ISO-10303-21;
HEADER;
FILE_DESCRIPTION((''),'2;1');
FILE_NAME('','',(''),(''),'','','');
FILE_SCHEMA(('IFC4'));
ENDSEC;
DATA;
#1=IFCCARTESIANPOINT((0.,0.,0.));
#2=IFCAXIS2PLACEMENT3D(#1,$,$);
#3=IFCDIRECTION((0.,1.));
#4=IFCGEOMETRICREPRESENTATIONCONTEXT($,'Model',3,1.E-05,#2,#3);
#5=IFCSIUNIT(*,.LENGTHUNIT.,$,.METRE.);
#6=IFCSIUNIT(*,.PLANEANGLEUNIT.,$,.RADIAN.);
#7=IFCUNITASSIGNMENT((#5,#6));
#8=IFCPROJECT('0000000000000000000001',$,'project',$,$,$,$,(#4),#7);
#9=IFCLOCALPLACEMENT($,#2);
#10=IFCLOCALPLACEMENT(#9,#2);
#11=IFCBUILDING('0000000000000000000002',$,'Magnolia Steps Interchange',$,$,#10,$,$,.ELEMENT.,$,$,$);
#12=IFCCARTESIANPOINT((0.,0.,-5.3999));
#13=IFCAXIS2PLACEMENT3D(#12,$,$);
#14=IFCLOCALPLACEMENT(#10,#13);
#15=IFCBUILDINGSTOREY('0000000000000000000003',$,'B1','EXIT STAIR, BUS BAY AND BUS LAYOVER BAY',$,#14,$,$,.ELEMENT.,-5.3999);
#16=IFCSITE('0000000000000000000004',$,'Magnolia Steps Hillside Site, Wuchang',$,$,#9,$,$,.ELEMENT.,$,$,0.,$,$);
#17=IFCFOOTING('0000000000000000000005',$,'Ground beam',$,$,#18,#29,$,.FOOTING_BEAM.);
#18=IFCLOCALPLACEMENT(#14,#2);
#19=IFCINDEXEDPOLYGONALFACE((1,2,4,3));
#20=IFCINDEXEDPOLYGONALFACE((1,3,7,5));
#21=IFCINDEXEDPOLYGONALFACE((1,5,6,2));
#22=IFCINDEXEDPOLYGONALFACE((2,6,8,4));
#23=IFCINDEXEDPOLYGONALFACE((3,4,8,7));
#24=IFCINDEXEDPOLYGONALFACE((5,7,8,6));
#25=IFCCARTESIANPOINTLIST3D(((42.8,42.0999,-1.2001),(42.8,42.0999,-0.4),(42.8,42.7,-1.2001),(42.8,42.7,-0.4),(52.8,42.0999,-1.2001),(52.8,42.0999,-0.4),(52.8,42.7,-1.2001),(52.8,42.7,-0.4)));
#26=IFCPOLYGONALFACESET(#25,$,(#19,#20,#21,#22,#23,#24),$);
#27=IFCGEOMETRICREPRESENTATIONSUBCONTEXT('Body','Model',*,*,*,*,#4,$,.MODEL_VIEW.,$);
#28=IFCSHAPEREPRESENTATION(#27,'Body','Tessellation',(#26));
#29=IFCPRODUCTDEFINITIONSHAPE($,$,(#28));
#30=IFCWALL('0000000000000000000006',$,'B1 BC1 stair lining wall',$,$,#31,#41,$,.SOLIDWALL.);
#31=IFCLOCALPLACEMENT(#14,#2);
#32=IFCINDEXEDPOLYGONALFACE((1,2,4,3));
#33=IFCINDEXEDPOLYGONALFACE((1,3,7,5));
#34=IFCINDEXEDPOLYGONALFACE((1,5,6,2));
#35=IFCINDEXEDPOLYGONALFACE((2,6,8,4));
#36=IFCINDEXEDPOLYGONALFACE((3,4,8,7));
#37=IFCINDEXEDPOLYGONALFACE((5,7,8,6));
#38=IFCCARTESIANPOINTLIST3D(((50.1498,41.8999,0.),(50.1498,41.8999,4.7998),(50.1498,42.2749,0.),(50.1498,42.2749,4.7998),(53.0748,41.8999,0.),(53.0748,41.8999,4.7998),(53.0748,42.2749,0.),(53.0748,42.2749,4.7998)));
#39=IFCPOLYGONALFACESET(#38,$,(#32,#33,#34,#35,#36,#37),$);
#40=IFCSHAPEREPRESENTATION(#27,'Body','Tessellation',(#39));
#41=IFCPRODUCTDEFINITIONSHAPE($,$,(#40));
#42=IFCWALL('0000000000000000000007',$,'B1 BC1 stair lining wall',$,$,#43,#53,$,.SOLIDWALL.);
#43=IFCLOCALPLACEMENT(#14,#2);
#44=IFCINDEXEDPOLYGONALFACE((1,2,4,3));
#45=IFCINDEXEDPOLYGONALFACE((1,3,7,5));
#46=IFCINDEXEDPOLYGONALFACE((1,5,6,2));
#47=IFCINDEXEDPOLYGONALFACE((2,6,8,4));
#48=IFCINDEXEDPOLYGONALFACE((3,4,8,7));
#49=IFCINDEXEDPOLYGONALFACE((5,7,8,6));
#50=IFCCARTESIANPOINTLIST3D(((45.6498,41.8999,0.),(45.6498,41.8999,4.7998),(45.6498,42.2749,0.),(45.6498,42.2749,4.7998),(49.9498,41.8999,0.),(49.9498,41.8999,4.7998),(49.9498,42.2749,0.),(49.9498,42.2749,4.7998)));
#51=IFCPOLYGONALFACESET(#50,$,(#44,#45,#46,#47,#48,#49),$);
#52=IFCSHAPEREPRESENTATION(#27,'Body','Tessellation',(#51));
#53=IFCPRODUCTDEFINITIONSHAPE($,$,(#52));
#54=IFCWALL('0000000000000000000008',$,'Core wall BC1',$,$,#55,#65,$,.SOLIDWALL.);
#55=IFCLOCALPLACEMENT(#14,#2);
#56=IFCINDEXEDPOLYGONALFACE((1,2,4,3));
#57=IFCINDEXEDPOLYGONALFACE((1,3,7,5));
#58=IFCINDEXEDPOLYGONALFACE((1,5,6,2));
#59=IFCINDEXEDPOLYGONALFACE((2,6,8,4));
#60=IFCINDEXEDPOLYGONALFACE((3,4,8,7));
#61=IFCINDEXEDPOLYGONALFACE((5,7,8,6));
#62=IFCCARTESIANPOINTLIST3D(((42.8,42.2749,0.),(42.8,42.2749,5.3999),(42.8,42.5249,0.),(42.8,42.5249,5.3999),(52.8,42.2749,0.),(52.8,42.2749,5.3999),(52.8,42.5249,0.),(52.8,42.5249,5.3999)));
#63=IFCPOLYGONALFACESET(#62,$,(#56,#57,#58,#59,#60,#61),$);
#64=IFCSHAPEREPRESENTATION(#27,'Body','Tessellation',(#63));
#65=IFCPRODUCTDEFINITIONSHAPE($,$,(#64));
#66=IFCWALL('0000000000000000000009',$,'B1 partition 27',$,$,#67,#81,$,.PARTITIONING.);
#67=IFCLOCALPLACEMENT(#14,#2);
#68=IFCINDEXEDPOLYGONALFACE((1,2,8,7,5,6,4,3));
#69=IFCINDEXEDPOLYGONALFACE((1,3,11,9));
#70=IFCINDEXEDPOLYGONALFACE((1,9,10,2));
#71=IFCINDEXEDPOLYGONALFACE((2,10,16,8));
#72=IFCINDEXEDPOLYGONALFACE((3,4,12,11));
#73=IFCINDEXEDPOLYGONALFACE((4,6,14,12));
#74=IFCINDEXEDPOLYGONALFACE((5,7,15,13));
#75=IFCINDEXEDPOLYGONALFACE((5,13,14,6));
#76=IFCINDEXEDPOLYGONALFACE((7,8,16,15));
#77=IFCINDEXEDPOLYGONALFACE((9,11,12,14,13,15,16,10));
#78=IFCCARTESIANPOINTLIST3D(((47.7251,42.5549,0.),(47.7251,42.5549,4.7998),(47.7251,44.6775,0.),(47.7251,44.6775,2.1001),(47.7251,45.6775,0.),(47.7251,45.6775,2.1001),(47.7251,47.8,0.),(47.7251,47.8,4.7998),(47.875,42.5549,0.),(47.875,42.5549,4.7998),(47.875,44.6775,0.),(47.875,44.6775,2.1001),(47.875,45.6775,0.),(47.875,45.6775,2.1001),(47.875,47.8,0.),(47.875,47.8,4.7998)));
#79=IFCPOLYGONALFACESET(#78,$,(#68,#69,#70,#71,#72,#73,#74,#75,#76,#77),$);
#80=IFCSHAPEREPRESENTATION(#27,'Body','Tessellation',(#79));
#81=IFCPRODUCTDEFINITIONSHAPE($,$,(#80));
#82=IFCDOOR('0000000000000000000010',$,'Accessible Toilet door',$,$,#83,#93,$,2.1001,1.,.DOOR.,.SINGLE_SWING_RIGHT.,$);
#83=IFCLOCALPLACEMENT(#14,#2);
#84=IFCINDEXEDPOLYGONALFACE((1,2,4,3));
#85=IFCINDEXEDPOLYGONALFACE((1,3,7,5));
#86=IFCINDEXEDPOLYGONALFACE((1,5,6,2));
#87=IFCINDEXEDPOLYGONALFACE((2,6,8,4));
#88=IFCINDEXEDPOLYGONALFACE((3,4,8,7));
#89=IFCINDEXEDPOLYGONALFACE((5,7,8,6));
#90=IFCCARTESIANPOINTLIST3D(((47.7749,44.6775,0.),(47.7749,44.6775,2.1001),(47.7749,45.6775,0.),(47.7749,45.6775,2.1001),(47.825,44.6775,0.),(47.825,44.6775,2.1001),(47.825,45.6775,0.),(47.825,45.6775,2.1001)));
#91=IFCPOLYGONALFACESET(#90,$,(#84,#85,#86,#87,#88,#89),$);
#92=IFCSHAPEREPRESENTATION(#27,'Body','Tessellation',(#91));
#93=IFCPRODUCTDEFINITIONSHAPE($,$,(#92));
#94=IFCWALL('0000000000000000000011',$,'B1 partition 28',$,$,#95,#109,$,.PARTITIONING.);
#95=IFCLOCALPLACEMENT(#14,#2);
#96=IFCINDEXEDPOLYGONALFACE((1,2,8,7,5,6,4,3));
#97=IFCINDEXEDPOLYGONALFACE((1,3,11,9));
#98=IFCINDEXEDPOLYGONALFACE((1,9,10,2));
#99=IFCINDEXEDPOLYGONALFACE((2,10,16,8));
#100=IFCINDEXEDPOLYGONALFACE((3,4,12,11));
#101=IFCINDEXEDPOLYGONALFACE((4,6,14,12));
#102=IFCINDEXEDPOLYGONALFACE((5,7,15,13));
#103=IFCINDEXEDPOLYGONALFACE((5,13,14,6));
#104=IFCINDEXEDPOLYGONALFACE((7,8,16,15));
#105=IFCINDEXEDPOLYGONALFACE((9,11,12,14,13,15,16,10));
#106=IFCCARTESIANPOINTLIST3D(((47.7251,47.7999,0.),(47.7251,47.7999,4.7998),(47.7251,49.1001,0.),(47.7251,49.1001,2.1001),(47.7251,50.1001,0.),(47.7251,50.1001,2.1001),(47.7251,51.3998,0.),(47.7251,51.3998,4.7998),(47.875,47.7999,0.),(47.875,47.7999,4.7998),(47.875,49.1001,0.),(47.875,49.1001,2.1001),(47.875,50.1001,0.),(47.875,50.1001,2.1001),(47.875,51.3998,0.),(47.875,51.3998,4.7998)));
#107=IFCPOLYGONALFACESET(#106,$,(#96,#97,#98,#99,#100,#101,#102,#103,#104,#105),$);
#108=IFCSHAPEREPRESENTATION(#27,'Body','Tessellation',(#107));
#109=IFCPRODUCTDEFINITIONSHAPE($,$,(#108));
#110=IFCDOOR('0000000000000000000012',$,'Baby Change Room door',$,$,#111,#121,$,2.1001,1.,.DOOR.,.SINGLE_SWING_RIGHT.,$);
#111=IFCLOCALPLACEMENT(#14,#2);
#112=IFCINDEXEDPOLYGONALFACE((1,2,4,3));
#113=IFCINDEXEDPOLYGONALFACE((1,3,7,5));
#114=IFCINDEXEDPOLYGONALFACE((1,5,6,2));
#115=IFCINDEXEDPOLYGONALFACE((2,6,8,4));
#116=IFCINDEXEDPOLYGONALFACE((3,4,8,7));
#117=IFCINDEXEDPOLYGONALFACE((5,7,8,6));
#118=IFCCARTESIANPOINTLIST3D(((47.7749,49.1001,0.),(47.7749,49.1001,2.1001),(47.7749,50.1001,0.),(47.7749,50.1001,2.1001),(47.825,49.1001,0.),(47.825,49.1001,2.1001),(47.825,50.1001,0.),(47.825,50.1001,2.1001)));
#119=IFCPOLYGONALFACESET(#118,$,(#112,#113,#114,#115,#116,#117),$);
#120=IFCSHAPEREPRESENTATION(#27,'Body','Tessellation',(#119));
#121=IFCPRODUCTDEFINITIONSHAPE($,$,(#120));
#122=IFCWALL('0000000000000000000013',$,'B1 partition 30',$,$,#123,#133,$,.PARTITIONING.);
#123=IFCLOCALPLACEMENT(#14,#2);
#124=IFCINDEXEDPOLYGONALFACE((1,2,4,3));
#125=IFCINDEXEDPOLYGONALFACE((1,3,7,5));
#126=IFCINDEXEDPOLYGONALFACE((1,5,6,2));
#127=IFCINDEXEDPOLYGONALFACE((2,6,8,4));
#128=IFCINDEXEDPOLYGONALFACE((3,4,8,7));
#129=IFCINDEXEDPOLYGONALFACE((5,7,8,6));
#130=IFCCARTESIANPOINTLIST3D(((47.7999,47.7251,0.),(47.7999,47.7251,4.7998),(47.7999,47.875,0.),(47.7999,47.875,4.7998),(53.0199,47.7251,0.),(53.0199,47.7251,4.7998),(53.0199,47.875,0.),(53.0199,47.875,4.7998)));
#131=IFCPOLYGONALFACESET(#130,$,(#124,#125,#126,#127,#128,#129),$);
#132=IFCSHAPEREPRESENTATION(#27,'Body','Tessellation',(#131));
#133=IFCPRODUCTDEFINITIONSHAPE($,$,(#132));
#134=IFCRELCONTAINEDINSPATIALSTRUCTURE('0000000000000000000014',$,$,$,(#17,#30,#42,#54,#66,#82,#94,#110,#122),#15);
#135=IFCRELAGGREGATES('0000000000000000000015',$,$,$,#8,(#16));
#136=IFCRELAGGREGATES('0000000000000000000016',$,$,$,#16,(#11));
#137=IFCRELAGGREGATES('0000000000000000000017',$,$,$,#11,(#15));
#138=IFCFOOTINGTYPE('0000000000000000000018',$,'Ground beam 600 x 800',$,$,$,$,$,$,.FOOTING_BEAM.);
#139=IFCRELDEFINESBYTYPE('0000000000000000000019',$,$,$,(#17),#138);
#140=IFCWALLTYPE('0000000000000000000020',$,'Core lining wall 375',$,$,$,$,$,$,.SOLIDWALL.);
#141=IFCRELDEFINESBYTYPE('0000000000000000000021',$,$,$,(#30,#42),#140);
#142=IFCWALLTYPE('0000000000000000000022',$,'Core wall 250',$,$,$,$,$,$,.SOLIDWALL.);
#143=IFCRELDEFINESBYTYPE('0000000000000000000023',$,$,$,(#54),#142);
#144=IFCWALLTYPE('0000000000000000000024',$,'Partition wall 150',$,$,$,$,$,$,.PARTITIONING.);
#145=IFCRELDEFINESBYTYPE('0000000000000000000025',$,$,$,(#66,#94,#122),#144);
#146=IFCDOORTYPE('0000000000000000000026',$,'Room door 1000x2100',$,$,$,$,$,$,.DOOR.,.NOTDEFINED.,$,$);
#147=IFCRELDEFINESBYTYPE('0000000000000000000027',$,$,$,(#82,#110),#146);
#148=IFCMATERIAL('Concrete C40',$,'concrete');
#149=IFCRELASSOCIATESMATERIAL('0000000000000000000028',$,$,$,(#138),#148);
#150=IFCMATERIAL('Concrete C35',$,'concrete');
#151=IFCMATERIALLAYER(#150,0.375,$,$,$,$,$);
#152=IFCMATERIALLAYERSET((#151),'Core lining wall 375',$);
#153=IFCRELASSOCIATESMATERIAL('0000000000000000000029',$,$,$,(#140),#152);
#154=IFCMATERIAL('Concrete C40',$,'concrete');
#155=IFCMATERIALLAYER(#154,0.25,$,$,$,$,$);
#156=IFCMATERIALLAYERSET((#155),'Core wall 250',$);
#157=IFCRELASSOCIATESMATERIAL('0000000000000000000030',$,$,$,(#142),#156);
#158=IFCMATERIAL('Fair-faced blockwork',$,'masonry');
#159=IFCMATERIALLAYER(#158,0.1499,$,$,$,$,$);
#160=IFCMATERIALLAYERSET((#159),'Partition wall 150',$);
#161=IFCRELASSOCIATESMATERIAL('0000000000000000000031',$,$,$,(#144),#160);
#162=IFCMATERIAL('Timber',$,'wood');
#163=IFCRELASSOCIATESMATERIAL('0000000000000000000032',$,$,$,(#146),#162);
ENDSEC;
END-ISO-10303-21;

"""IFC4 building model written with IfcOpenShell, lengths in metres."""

from ifc_helpers import new_model, si_unit, direction, frame, frame_2d, origin, origin_2d, place, context, subcontext, project, spatial, rectangle, extrude, material, layer, layer_set, material_profile, profile_set, type_object, element, fill, save


model = new_model("IFC4")

# Units and contexts
model_context = context("Model", 3, precision=1e-05, world=origin(), true_north=direction((0.0, 1.0)))
body_context = subcontext(model_context, "Body", "Model", "MODEL_VIEW")
ifc_project = project(units=[si_unit("LENGTHUNIT", "METRE"), si_unit("PLANEANGLEUNIT", "RADIAN")], contexts=[model_context])

# Site, building, storey
site_placement = place(None, origin())
site = spatial("IfcSite", under=ifc_project, at=site_placement, Name="Magnolia Steps Hillside Site, Wuchang", CompositionType="ELEMENT", RefElevation=0.0)
building_placement = place(site_placement, origin())
building = spatial("IfcBuilding", under=site, at=building_placement, Name="Magnolia Steps Interchange", CompositionType="ELEMENT")
storey_placement = place(building_placement, frame((0.0, 0.0, -5.3999)))
storey = spatial("IfcBuildingStorey", under=building, at=storey_placement, Name="B1", Description="EXIT STAIR, BUS BAY AND BUS LAYOVER BAY", CompositionType="ELEMENT", Elevation=-5.3999)

# Footing
ifc_material_1 = material(Name="Concrete C40", Category="concrete")
ifc_material_profile = material_profile(ifc_material_1, rectangle(XDim=0.6001, YDim=0.8, at=origin_2d()), Name="RC600x800")
ifc_profile_set = profile_set([ifc_material_profile], Name="Concrete C40")
footing_type = type_object("IfcFootingType", Name="Ground beam 600 x 800", PredefinedType="FOOTING_BEAM", material=ifc_profile_set)
footing_placement = place(storey_placement, frame((42.8, 42.3999, -0.8), z_axis=(1.0, 0.0, 0.0), x_axis=(0.0, 1.0, 0.0)))
element("IfcFooting", 1, at=footing_placement, inside=storey, type_object=footing_type, Name="Ground beam", PredefinedType="FOOTING_BEAM", context=body_context, shape_type="SweptSolid", body=[
    extrude(rectangle(XDim=0.6001, YDim=0.8, at=origin_2d()), origin(), (0.0, 0.0, 1.0), 10.0),
])

# Walls
ifc_material_2 = material(Name="Concrete C35", Category="concrete")
ifc_layer_1 = layer(ifc_material_2, 0.375)
ifc_layer_set_1 = layer_set([ifc_layer_1], Name="Core lining wall 375")
wall_type_1 = type_object("IfcWallType", Name="Core lining wall 375", PredefinedType="SOLIDWALL", material=ifc_layer_set_1)
wall_1_placement = place(storey_placement, frame((50.1499, 42.0874, 0.0), z_axis=(0.0, 0.0, 1.0), x_axis=(1.0, 0.0, 0.0)))
element("IfcWall", 2, at=wall_1_placement, inside=storey, type_object=wall_type_1, Name="B1 BC1 stair lining wall", PredefinedType="SOLIDWALL", context=body_context, shape_type="SweptSolid", body=[
    extrude(rectangle(XDim=2.925, YDim=0.375, at=frame_2d((1.4624, 0.0))), origin(), (0.0, 0.0, 1.0), 4.7998),
])
wall_2_placement = place(storey_placement, frame((45.6499, 42.0874, 0.0), z_axis=(0.0, 0.0, 1.0), x_axis=(1.0, 0.0, 0.0)))
element("IfcWall", 3, at=wall_2_placement, inside=storey, type_object=wall_type_1, Name="B1 BC1 stair lining wall", PredefinedType="SOLIDWALL", context=body_context, shape_type="SweptSolid", body=[
    extrude(rectangle(XDim=4.3, YDim=0.375, at=frame_2d((2.1499, 0.0))), origin(), (0.0, 0.0, 1.0), 4.7998),
])
ifc_material_3 = material(Name="Concrete C40", Category="concrete")
ifc_layer_2 = layer(ifc_material_3, 0.25)
ifc_layer_set_2 = layer_set([ifc_layer_2], Name="Core wall 250")
wall_type_2 = type_object("IfcWallType", Name="Core wall 250", PredefinedType="SOLIDWALL", material=ifc_layer_set_2)
wall_3_placement = place(storey_placement, frame((52.8, 42.3999, 0.0), z_axis=(0.0, 0.0, 1.0), x_axis=(-1.0, 0.0, 0.0)))
element("IfcWall", 4, at=wall_3_placement, inside=storey, type_object=wall_type_2, Name="Core wall BC1", PredefinedType="SOLIDWALL", context=body_context, shape_type="SweptSolid", body=[
    extrude(rectangle(XDim=10.0, YDim=0.25, at=frame_2d((5.0, 0.0))), origin(), (0.0, 0.0, 1.0), 5.3999),
])

# Walls, openings, doors
ifc_material_4 = material(Name="Fair-faced blockwork", Category="masonry")
ifc_layer_3 = layer(ifc_material_4, 0.1499)
ifc_layer_set_3 = layer_set([ifc_layer_3], Name="Partition wall 150")
wall_type_3 = type_object("IfcWallType", Name="Partition wall 150", PredefinedType="PARTITIONING", material=ifc_layer_set_3)
wall_4_placement = place(storey_placement, frame((47.8, 42.5549, 0.0), z_axis=(0.0, 0.0, 1.0), x_axis=(0.0, 1.0, 0.0)))
wall_4 = element("IfcWall", 5, at=wall_4_placement, inside=storey, type_object=wall_type_3, Name="B1 partition 27", PredefinedType="PARTITIONING", context=body_context, shape_type="SweptSolid", body=[
    extrude(rectangle(XDim=5.2451, YDim=0.1499, at=frame_2d((2.6226, 0.0))), origin(), (0.0, 0.0, 1.0), 4.7998),
])
opening_1_placement = place(wall_4_placement, frame((2.1226, 0.0, 0.0)))
opening_1 = element("IfcOpeningElement", 6, at=opening_1_placement, cuts=wall_4, PredefinedType="OPENING", context=body_context, shape_type="SweptSolid", body=[
    extrude(rectangle(XDim=1.0, YDim=2.1001, at=frame_2d((0.5, 1.05))), frame((0.0, 0.085, 0.0), z_axis=(0.0, -1.0, 0.0), x_axis=(1.0, 0.0, 0.0)), (0.0, 0.0, 1.0), 0.1699),
])
ifc_material_5 = material(Name="Timber", Category="wood")
door_type = type_object("IfcDoorType", Name="Room door 1000x2100", OperationType="NOTDEFINED", PredefinedType="DOOR", material=ifc_material_5)
door_1_placement = place(opening_1_placement, frame((1.0, 0.0, 0.0), z_axis=(0.0, 0.0, 1.0), x_axis=(-1.0, 0.0, 0.0)))
door_1 = element("IfcDoor", 7, at=door_1_placement, inside=storey, type_object=door_type, Name="Accessible Toilet door", OperationType="SINGLE_SWING_RIGHT", OverallHeight=2.1001, OverallWidth=1.0, PredefinedType="DOOR", context=body_context, shape_type="SweptSolid", body=[
    extrude(rectangle(XDim=1.0, YDim=2.1001, at=frame_2d((0.5, 1.05))), frame((0.0, 0.0249, 0.0), z_axis=(0.0, -1.0, 0.0), x_axis=(1.0, 0.0, 0.0)), (0.0, 0.0, 1.0), 0.05),
])
fill(opening_1, door_1)
wall_5_placement = place(storey_placement, frame((47.8, 47.8, 0.0), z_axis=(0.0, 0.0, 1.0), x_axis=(0.0, 1.0, 0.0)))
wall_5 = element("IfcWall", 8, at=wall_5_placement, inside=storey, type_object=wall_type_3, Name="B1 partition 28", PredefinedType="PARTITIONING", context=body_context, shape_type="SweptSolid", body=[
    extrude(rectangle(XDim=3.5999, YDim=0.1499, at=frame_2d((1.7998, 0.0))), origin(), (0.0, 0.0, 1.0), 4.7998),
])
opening_2_placement = place(wall_5_placement, frame((1.3, 0.0, 0.0)))
opening_2 = element("IfcOpeningElement", 9, at=opening_2_placement, cuts=wall_5, PredefinedType="OPENING", context=body_context, shape_type="SweptSolid", body=[
    extrude(rectangle(XDim=1.0, YDim=2.1001, at=frame_2d((0.5, 1.05))), frame((0.0, 0.085, 0.0), z_axis=(0.0, -1.0, 0.0), x_axis=(1.0, 0.0, 0.0)), (0.0, 0.0, 1.0), 0.1699),
])
door_2_placement = place(opening_2_placement, frame((1.0, 0.0, 0.0), z_axis=(0.0, 0.0, 1.0), x_axis=(-1.0, 0.0, 0.0)))
door_2 = element("IfcDoor", 10, at=door_2_placement, inside=storey, type_object=door_type, Name="Baby Change Room door", OperationType="SINGLE_SWING_RIGHT", OverallHeight=2.1001, OverallWidth=1.0, PredefinedType="DOOR", context=body_context, shape_type="SweptSolid", body=[
    extrude(rectangle(XDim=1.0, YDim=2.1001, at=frame_2d((0.5, 1.05))), frame((0.0, 0.0249, 0.0), z_axis=(0.0, -1.0, 0.0), x_axis=(1.0, 0.0, 0.0)), (0.0, 0.0, 1.0), 0.05),
])
fill(opening_2, door_2)

# Wall
wall_6_placement = place(storey_placement, frame((47.8, 47.8, 0.0), z_axis=(0.0, 0.0, 1.0), x_axis=(1.0, 0.0, 0.0)))
element("IfcWall", 11, at=wall_6_placement, inside=storey, type_object=wall_type_3, Name="B1 partition 30", PredefinedType="PARTITIONING", context=body_context, shape_type="SweptSolid", body=[
    extrude(rectangle(XDim=5.22, YDim=0.1499, at=frame_2d((2.6099, 0.0))), origin(), (0.0, 0.0, 1.0), 4.7998),
])

save(model, "model.ifc")
